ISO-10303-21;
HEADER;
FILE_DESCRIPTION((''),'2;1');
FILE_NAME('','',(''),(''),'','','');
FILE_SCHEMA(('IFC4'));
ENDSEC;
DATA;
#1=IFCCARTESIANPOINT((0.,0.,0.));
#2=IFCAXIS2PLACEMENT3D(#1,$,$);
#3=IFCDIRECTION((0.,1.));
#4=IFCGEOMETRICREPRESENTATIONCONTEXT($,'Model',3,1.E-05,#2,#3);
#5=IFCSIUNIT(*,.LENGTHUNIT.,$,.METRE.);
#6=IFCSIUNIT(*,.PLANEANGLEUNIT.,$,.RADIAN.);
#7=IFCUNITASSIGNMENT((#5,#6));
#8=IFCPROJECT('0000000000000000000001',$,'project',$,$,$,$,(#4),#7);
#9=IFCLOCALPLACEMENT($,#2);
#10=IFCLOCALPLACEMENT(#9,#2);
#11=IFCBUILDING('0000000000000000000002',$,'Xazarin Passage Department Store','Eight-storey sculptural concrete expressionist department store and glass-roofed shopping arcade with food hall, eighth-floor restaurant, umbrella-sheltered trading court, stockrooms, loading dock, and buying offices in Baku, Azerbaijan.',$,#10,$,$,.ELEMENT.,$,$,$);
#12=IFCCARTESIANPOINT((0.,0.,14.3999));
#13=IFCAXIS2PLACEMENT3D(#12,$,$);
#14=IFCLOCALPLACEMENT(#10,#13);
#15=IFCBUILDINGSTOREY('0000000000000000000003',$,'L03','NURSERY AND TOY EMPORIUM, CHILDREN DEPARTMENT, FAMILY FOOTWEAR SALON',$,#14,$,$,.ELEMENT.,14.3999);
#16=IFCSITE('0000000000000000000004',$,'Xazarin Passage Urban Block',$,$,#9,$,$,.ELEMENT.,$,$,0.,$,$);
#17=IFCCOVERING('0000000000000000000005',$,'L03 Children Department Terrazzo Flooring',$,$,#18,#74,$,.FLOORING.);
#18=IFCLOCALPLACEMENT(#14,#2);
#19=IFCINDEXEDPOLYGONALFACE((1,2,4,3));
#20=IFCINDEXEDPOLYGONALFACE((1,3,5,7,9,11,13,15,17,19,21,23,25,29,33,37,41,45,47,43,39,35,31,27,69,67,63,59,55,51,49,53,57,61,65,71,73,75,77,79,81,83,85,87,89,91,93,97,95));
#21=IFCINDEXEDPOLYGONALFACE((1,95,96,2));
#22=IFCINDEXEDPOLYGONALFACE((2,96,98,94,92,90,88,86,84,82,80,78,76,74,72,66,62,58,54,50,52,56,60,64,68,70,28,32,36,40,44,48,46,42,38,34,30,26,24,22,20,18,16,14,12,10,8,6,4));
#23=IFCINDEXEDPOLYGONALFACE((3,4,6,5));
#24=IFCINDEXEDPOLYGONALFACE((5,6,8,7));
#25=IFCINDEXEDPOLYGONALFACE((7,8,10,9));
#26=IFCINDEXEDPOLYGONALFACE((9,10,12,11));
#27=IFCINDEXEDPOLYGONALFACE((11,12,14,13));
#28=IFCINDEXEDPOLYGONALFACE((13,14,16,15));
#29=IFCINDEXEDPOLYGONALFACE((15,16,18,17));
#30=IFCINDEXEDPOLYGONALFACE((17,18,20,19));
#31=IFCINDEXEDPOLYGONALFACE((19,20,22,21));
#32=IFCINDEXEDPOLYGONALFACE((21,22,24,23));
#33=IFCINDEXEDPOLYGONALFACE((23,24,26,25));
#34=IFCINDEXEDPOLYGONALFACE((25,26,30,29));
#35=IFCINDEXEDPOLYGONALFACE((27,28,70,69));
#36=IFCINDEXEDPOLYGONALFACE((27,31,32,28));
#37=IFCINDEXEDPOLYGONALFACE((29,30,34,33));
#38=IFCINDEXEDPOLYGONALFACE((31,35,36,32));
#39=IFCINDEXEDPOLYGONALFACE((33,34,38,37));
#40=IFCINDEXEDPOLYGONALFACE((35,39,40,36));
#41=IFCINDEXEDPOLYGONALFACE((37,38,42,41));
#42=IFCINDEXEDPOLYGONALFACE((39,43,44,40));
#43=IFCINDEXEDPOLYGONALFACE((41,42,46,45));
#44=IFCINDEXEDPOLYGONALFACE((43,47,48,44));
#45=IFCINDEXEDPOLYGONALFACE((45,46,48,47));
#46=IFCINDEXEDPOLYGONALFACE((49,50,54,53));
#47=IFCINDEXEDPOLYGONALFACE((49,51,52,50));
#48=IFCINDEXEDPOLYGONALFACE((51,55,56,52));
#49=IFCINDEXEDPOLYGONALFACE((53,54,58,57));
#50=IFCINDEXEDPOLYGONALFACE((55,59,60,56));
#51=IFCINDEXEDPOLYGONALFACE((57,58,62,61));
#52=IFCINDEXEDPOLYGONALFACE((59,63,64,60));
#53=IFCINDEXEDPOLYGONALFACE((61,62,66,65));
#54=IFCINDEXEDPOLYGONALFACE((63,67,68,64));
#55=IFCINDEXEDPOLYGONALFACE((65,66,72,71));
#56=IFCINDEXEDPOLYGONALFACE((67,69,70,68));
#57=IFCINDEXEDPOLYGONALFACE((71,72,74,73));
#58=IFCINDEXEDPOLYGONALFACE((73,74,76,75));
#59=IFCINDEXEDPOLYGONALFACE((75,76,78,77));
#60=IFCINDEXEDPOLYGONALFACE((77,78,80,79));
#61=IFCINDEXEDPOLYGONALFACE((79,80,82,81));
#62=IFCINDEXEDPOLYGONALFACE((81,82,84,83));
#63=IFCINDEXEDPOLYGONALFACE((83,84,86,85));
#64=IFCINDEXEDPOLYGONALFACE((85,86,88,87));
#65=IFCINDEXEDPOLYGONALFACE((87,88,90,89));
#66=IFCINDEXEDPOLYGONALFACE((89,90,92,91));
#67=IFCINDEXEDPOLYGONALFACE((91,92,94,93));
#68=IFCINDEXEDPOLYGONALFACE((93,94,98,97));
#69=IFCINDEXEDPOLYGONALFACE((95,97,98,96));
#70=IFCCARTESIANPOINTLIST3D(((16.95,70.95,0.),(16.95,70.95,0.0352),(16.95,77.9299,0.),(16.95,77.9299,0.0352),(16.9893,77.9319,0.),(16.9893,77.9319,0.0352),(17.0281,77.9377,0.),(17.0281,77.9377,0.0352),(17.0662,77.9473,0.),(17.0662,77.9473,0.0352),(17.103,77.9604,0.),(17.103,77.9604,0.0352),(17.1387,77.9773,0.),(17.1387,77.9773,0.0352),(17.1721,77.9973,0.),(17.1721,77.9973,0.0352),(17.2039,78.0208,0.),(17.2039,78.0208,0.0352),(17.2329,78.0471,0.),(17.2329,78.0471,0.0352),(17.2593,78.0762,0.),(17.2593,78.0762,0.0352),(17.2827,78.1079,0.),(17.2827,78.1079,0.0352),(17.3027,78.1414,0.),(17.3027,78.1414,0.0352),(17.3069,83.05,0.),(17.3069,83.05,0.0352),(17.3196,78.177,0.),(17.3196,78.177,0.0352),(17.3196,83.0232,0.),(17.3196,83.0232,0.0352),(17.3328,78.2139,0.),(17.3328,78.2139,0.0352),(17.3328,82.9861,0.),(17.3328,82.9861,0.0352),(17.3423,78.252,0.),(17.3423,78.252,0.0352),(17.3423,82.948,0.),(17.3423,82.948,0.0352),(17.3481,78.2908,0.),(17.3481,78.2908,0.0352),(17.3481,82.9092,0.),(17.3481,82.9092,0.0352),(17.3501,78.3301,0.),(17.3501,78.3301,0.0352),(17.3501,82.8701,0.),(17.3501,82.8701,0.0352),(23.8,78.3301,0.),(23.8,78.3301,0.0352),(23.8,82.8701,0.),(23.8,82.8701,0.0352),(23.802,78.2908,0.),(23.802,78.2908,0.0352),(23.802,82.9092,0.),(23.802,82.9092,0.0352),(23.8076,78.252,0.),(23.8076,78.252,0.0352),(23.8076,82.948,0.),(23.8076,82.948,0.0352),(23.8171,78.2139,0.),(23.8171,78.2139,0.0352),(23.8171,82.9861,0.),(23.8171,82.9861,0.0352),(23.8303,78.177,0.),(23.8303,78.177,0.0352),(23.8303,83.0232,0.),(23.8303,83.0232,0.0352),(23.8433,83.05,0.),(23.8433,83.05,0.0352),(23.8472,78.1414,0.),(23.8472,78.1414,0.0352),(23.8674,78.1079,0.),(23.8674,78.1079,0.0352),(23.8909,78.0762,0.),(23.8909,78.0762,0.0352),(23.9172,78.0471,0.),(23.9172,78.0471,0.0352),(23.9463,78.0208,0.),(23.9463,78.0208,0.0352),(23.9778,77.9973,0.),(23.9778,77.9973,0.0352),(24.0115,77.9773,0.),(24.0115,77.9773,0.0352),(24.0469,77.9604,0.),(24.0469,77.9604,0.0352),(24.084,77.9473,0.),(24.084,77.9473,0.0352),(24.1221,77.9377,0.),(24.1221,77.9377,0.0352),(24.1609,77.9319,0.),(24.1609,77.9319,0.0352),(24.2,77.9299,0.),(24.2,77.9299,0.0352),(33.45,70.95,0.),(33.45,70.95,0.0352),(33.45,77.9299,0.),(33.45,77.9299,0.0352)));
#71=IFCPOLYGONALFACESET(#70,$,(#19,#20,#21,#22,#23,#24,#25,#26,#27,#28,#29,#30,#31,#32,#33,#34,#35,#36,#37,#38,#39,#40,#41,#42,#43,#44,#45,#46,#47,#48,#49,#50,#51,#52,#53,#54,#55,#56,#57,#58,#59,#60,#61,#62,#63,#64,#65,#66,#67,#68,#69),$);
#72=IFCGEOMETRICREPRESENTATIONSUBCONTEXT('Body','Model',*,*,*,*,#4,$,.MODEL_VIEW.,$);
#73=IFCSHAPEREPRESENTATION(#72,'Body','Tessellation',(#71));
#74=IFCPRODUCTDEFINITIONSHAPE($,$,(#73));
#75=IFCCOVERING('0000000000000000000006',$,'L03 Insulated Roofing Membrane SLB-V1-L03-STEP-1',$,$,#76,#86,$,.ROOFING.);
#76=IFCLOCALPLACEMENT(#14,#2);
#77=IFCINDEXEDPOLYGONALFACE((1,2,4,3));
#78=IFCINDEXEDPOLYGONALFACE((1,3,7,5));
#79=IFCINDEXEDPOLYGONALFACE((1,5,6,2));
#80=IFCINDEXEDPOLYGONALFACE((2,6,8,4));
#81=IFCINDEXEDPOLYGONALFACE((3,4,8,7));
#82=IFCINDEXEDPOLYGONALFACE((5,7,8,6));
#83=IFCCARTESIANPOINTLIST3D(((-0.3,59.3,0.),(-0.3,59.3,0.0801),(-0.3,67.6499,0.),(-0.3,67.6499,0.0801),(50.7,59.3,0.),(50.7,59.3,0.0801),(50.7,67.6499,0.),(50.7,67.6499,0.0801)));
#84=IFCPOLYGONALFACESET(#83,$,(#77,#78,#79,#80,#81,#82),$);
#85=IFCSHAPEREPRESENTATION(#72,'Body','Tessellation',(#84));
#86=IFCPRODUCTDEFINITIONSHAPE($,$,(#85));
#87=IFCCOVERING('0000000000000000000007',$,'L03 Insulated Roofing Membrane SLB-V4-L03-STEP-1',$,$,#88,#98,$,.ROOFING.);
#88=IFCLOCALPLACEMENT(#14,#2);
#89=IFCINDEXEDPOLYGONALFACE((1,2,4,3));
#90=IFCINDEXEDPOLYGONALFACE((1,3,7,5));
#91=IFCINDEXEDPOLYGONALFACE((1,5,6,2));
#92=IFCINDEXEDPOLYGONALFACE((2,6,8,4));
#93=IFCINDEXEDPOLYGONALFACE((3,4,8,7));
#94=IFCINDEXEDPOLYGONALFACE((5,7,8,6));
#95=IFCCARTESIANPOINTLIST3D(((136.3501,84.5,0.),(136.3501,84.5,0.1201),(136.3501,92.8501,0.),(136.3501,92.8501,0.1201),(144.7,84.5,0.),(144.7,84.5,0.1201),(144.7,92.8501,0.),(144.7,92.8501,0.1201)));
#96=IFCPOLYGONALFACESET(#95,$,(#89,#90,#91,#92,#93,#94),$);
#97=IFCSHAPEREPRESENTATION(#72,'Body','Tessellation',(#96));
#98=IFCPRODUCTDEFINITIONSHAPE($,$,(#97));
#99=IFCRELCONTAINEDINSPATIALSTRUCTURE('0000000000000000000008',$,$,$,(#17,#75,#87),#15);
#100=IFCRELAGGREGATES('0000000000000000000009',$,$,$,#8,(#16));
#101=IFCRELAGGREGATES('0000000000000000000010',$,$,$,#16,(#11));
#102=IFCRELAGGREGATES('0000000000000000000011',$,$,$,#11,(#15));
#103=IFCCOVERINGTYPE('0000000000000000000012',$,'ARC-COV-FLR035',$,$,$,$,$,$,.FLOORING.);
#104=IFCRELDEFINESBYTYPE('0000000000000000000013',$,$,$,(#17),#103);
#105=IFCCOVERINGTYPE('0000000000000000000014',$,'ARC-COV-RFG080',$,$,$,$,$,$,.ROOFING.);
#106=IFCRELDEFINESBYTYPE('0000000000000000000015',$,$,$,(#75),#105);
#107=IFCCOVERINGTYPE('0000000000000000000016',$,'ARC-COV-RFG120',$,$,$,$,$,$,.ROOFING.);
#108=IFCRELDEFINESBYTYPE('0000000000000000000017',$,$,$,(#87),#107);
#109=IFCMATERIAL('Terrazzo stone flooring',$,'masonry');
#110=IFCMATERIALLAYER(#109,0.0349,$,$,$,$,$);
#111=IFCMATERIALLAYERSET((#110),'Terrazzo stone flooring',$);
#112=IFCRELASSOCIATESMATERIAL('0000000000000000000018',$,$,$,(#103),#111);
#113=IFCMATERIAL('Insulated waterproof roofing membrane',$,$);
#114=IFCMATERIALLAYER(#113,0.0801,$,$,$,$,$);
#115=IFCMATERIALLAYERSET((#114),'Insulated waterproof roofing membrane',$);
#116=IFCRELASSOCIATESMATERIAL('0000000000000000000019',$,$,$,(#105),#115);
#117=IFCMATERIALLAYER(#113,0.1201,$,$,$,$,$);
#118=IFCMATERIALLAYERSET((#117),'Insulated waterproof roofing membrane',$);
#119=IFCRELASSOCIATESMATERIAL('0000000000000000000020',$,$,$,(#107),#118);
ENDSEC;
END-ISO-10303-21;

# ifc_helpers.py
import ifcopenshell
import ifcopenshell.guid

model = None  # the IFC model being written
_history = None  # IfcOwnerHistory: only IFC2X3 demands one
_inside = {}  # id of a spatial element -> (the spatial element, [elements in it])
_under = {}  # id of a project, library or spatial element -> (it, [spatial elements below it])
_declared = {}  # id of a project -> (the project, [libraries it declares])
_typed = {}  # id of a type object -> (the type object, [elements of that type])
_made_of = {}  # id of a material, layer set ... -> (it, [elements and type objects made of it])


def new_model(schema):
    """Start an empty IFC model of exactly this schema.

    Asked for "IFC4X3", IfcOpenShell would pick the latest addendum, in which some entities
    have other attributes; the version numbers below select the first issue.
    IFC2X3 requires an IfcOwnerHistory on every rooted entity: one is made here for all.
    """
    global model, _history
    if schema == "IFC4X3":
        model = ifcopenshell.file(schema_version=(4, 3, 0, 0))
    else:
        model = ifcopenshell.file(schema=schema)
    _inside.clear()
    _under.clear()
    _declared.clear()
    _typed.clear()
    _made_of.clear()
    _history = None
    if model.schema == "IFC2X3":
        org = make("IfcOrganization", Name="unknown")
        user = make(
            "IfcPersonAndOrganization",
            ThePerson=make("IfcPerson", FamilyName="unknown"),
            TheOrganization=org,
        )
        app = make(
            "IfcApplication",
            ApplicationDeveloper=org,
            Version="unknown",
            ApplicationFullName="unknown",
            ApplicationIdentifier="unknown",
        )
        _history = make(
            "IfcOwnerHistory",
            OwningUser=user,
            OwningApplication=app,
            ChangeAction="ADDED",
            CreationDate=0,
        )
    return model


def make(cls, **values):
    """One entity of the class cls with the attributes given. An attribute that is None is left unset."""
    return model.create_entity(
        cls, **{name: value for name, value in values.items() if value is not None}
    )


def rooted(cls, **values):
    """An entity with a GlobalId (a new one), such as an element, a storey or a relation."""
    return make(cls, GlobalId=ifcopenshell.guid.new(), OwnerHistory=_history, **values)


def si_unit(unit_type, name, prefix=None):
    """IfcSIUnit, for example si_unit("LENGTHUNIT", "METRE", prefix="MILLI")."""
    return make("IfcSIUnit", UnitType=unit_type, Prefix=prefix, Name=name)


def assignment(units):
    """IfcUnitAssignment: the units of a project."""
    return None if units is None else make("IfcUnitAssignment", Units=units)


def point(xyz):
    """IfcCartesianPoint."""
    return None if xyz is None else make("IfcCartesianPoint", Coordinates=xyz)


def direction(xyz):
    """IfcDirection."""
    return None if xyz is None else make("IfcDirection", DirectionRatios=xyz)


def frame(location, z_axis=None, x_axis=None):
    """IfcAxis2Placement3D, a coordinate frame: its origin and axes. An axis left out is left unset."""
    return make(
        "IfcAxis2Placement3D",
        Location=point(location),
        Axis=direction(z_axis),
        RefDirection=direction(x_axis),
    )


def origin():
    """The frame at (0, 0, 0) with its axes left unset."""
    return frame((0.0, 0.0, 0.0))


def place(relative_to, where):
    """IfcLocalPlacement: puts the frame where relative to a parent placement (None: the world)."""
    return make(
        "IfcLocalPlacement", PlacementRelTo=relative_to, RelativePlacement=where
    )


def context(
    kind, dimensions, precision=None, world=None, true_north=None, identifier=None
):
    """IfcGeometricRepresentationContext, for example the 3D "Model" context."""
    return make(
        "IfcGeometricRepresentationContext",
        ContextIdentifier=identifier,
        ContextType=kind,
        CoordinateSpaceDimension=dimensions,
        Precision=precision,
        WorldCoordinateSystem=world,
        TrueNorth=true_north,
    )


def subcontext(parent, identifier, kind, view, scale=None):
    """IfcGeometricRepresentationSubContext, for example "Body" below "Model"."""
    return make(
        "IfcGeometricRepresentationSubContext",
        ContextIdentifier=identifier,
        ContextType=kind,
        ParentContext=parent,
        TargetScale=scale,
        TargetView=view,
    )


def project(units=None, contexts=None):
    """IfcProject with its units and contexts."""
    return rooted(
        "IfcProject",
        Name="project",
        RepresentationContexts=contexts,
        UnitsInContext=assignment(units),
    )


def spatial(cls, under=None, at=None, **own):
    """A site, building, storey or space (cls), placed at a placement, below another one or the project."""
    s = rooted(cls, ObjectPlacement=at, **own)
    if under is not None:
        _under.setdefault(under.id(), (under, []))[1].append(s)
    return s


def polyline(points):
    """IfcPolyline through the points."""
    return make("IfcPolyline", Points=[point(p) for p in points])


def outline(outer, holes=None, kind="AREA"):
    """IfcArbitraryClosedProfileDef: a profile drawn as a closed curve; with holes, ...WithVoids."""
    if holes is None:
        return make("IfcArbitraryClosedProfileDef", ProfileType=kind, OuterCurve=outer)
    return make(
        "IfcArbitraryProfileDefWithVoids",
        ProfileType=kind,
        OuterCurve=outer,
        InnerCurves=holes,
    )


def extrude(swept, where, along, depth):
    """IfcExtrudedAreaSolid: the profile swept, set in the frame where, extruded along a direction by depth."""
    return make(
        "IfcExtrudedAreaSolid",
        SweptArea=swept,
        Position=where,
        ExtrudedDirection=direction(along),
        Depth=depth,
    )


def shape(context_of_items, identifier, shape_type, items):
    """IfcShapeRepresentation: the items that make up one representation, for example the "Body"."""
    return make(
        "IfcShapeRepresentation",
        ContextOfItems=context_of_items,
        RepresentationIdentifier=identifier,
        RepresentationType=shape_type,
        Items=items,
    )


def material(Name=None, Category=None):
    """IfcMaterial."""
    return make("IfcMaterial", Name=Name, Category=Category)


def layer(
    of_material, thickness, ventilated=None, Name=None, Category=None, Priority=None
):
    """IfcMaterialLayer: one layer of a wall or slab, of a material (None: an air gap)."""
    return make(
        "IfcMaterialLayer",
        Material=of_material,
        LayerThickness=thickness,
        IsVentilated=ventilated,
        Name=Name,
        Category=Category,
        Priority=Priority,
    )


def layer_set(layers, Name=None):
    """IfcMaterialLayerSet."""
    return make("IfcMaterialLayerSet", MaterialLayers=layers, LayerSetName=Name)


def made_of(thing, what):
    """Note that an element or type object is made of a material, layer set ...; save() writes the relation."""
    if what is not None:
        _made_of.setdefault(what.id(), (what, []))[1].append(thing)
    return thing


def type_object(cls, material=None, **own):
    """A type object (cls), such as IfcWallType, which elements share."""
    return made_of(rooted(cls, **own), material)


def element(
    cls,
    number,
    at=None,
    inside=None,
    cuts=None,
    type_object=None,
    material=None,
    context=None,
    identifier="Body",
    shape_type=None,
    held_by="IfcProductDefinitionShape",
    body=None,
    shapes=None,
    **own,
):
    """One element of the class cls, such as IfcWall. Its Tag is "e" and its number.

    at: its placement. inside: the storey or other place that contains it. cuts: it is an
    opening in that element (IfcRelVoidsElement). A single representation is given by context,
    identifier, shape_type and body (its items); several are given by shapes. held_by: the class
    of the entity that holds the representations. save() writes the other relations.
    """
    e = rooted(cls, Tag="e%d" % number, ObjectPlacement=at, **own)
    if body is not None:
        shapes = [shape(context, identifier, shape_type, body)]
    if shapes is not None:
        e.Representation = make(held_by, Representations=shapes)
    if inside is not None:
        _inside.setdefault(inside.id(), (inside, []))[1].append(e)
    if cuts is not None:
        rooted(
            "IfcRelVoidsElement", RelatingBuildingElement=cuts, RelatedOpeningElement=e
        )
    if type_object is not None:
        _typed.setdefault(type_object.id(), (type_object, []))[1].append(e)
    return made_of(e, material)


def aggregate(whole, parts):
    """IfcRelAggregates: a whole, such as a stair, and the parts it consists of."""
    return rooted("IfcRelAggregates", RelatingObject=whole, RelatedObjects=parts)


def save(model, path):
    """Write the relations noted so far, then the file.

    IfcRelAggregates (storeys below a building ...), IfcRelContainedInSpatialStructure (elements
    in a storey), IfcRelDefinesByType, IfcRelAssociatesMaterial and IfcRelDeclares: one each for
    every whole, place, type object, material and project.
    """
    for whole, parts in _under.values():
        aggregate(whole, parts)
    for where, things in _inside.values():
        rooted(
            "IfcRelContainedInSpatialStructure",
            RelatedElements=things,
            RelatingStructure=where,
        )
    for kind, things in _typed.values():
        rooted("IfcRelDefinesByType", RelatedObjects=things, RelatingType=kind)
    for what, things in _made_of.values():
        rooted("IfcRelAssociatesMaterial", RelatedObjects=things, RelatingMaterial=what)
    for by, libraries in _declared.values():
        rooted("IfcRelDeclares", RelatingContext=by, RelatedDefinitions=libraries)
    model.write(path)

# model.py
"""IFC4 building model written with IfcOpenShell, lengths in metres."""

from ifc_helpers import new_model, si_unit, direction, frame, origin, place, context, subcontext, project, spatial, polyline, outline, extrude, material, layer, layer_set, type_object, element, save


model = new_model("IFC4")

# Units and contexts
model_context = context("Model", 3, precision=1e-05, world=origin(), true_north=direction((0.0, 1.0)))
body_context = subcontext(model_context, "Body", "Model", "MODEL_VIEW")
ifc_project = project(units=[si_unit("LENGTHUNIT", "METRE"), si_unit("PLANEANGLEUNIT", "RADIAN")], contexts=[model_context])

# Site, building, storey
site_placement = place(None, origin())
site = spatial("IfcSite", under=ifc_project, at=site_placement, Name="Xazarin Passage Urban Block", CompositionType="ELEMENT", RefElevation=0.0)
building_placement = place(site_placement, origin())
building = spatial("IfcBuilding", under=site, at=building_placement, Name="Xazarin Passage Department Store", Description="Eight-storey sculptural concrete expressionist department store and glass-roofed shopping arcade with food hall, eighth-floor restaurant, umbrella-sheltered trading court, stockrooms, loading dock, and buying offices in Baku, Azerbaijan.", CompositionType="ELEMENT")
storey_placement = place(building_placement, frame((0.0, 0.0, 14.3999)))
storey = spatial("IfcBuildingStorey", under=building, at=storey_placement, Name="L03", Description="NURSERY AND TOY EMPORIUM, CHILDREN DEPARTMENT, FAMILY FOOTWEAR SALON", CompositionType="ELEMENT", Elevation=14.3999)

# Coverings
ifc_material_1 = material(Name="Terrazzo stone flooring", Category="masonry")
ifc_layer_1 = layer(ifc_material_1, 0.0349)
ifc_layer_set_1 = layer_set([ifc_layer_1], Name="Terrazzo stone flooring")
covering_type_1 = type_object("IfcCoveringType", Name="ARC-COV-FLR035", PredefinedType="FLOORING", material=ifc_layer_set_1)
covering_1_placement = place(storey_placement, origin())
element("IfcCovering", 1, at=covering_1_placement, inside=storey, type_object=covering_type_1, Name="L03 Children Department Terrazzo Flooring", PredefinedType="FLOORING", context=body_context, shape_type="SweptSolid", body=[
    extrude(outline(polyline([(33.45, 77.9299), (24.2, 77.9299), (24.1609, 77.9319), (24.1221, 77.9377), (24.084, 77.9473), (24.0469, 77.9604), (24.0115, 77.9773), (23.9778, 77.9973), (23.9463, 78.0208), (23.9172, 78.0471), (23.8909, 78.0762), (23.8674, 78.1079), (23.8472, 78.1414), (23.8303, 78.177), (23.8171, 78.2139), (23.8076, 78.252), (23.802, 78.2908), (23.8, 78.3301), (23.8, 82.8701), (23.802, 82.9092), (23.8076, 82.948), (23.8171, 82.9861), (23.8303, 83.0232), (23.8433, 83.05), (17.3069, 83.05), (17.3196, 83.0232), (17.3328, 82.9861), (17.3423, 82.948), (17.3481, 82.9092), (17.3501, 82.8701), (17.3501, 78.3301), (17.3481, 78.2908), (17.3423, 78.252), (17.3328, 78.2139), (17.3196, 78.177), (17.3027, 78.1414), (17.2827, 78.1079), (17.2593, 78.0762), (17.2329, 78.0471), (17.2039, 78.0208), (17.1721, 77.9973), (17.1387, 77.9773), (17.103, 77.9604), (17.0662, 77.9473), (17.0281, 77.9377), (16.9893, 77.9319), (16.95, 77.9299), (16.95, 70.95), (33.45, 70.95), (33.45, 77.9299)])), origin(), (0.0, 0.0, 1.0), 0.0352),
])
ifc_material_2 = material(Name="Insulated waterproof roofing membrane")
ifc_layer_2 = layer(ifc_material_2, 0.0801)
ifc_layer_set_2 = layer_set([ifc_layer_2], Name="Insulated waterproof roofing membrane")
covering_type_2 = type_object("IfcCoveringType", Name="ARC-COV-RFG080", PredefinedType="ROOFING", material=ifc_layer_set_2)
covering_2_placement = place(storey_placement, origin())
element("IfcCovering", 2, at=covering_2_placement, inside=storey, type_object=covering_type_2, Name="L03 Insulated Roofing Membrane SLB-V1-L03-STEP-1", PredefinedType="ROOFING", context=body_context, shape_type="SweptSolid", body=[
    extrude(outline(polyline([(-0.3, 67.6499), (-0.3, 59.3), (50.7, 59.3), (50.7, 67.6499), (-0.3, 67.6499)])), origin(), (0.0, 0.0, 1.0), 0.0801),
])
ifc_layer_3 = layer(ifc_material_2, 0.1201)
ifc_layer_set_3 = layer_set([ifc_layer_3], Name="Insulated waterproof roofing membrane")
covering_type_3 = type_object("IfcCoveringType", Name="ARC-COV-RFG120", PredefinedType="ROOFING", material=ifc_layer_set_3)
covering_3_placement = place(storey_placement, origin())
element("IfcCovering", 3, at=covering_3_placement, inside=storey, type_object=covering_type_3, Name="L03 Insulated Roofing Membrane SLB-V4-L03-STEP-1", PredefinedType="ROOFING", context=body_context, shape_type="SweptSolid", body=[
    extrude(outline(polyline([(144.7, 92.8501), (136.3501, 92.8501), (136.3501, 84.5), (144.7, 84.5), (144.7, 92.8501)])), origin(), (0.0, 0.0, 1.0), 0.1201),
])

save(model, "model.ifc")
